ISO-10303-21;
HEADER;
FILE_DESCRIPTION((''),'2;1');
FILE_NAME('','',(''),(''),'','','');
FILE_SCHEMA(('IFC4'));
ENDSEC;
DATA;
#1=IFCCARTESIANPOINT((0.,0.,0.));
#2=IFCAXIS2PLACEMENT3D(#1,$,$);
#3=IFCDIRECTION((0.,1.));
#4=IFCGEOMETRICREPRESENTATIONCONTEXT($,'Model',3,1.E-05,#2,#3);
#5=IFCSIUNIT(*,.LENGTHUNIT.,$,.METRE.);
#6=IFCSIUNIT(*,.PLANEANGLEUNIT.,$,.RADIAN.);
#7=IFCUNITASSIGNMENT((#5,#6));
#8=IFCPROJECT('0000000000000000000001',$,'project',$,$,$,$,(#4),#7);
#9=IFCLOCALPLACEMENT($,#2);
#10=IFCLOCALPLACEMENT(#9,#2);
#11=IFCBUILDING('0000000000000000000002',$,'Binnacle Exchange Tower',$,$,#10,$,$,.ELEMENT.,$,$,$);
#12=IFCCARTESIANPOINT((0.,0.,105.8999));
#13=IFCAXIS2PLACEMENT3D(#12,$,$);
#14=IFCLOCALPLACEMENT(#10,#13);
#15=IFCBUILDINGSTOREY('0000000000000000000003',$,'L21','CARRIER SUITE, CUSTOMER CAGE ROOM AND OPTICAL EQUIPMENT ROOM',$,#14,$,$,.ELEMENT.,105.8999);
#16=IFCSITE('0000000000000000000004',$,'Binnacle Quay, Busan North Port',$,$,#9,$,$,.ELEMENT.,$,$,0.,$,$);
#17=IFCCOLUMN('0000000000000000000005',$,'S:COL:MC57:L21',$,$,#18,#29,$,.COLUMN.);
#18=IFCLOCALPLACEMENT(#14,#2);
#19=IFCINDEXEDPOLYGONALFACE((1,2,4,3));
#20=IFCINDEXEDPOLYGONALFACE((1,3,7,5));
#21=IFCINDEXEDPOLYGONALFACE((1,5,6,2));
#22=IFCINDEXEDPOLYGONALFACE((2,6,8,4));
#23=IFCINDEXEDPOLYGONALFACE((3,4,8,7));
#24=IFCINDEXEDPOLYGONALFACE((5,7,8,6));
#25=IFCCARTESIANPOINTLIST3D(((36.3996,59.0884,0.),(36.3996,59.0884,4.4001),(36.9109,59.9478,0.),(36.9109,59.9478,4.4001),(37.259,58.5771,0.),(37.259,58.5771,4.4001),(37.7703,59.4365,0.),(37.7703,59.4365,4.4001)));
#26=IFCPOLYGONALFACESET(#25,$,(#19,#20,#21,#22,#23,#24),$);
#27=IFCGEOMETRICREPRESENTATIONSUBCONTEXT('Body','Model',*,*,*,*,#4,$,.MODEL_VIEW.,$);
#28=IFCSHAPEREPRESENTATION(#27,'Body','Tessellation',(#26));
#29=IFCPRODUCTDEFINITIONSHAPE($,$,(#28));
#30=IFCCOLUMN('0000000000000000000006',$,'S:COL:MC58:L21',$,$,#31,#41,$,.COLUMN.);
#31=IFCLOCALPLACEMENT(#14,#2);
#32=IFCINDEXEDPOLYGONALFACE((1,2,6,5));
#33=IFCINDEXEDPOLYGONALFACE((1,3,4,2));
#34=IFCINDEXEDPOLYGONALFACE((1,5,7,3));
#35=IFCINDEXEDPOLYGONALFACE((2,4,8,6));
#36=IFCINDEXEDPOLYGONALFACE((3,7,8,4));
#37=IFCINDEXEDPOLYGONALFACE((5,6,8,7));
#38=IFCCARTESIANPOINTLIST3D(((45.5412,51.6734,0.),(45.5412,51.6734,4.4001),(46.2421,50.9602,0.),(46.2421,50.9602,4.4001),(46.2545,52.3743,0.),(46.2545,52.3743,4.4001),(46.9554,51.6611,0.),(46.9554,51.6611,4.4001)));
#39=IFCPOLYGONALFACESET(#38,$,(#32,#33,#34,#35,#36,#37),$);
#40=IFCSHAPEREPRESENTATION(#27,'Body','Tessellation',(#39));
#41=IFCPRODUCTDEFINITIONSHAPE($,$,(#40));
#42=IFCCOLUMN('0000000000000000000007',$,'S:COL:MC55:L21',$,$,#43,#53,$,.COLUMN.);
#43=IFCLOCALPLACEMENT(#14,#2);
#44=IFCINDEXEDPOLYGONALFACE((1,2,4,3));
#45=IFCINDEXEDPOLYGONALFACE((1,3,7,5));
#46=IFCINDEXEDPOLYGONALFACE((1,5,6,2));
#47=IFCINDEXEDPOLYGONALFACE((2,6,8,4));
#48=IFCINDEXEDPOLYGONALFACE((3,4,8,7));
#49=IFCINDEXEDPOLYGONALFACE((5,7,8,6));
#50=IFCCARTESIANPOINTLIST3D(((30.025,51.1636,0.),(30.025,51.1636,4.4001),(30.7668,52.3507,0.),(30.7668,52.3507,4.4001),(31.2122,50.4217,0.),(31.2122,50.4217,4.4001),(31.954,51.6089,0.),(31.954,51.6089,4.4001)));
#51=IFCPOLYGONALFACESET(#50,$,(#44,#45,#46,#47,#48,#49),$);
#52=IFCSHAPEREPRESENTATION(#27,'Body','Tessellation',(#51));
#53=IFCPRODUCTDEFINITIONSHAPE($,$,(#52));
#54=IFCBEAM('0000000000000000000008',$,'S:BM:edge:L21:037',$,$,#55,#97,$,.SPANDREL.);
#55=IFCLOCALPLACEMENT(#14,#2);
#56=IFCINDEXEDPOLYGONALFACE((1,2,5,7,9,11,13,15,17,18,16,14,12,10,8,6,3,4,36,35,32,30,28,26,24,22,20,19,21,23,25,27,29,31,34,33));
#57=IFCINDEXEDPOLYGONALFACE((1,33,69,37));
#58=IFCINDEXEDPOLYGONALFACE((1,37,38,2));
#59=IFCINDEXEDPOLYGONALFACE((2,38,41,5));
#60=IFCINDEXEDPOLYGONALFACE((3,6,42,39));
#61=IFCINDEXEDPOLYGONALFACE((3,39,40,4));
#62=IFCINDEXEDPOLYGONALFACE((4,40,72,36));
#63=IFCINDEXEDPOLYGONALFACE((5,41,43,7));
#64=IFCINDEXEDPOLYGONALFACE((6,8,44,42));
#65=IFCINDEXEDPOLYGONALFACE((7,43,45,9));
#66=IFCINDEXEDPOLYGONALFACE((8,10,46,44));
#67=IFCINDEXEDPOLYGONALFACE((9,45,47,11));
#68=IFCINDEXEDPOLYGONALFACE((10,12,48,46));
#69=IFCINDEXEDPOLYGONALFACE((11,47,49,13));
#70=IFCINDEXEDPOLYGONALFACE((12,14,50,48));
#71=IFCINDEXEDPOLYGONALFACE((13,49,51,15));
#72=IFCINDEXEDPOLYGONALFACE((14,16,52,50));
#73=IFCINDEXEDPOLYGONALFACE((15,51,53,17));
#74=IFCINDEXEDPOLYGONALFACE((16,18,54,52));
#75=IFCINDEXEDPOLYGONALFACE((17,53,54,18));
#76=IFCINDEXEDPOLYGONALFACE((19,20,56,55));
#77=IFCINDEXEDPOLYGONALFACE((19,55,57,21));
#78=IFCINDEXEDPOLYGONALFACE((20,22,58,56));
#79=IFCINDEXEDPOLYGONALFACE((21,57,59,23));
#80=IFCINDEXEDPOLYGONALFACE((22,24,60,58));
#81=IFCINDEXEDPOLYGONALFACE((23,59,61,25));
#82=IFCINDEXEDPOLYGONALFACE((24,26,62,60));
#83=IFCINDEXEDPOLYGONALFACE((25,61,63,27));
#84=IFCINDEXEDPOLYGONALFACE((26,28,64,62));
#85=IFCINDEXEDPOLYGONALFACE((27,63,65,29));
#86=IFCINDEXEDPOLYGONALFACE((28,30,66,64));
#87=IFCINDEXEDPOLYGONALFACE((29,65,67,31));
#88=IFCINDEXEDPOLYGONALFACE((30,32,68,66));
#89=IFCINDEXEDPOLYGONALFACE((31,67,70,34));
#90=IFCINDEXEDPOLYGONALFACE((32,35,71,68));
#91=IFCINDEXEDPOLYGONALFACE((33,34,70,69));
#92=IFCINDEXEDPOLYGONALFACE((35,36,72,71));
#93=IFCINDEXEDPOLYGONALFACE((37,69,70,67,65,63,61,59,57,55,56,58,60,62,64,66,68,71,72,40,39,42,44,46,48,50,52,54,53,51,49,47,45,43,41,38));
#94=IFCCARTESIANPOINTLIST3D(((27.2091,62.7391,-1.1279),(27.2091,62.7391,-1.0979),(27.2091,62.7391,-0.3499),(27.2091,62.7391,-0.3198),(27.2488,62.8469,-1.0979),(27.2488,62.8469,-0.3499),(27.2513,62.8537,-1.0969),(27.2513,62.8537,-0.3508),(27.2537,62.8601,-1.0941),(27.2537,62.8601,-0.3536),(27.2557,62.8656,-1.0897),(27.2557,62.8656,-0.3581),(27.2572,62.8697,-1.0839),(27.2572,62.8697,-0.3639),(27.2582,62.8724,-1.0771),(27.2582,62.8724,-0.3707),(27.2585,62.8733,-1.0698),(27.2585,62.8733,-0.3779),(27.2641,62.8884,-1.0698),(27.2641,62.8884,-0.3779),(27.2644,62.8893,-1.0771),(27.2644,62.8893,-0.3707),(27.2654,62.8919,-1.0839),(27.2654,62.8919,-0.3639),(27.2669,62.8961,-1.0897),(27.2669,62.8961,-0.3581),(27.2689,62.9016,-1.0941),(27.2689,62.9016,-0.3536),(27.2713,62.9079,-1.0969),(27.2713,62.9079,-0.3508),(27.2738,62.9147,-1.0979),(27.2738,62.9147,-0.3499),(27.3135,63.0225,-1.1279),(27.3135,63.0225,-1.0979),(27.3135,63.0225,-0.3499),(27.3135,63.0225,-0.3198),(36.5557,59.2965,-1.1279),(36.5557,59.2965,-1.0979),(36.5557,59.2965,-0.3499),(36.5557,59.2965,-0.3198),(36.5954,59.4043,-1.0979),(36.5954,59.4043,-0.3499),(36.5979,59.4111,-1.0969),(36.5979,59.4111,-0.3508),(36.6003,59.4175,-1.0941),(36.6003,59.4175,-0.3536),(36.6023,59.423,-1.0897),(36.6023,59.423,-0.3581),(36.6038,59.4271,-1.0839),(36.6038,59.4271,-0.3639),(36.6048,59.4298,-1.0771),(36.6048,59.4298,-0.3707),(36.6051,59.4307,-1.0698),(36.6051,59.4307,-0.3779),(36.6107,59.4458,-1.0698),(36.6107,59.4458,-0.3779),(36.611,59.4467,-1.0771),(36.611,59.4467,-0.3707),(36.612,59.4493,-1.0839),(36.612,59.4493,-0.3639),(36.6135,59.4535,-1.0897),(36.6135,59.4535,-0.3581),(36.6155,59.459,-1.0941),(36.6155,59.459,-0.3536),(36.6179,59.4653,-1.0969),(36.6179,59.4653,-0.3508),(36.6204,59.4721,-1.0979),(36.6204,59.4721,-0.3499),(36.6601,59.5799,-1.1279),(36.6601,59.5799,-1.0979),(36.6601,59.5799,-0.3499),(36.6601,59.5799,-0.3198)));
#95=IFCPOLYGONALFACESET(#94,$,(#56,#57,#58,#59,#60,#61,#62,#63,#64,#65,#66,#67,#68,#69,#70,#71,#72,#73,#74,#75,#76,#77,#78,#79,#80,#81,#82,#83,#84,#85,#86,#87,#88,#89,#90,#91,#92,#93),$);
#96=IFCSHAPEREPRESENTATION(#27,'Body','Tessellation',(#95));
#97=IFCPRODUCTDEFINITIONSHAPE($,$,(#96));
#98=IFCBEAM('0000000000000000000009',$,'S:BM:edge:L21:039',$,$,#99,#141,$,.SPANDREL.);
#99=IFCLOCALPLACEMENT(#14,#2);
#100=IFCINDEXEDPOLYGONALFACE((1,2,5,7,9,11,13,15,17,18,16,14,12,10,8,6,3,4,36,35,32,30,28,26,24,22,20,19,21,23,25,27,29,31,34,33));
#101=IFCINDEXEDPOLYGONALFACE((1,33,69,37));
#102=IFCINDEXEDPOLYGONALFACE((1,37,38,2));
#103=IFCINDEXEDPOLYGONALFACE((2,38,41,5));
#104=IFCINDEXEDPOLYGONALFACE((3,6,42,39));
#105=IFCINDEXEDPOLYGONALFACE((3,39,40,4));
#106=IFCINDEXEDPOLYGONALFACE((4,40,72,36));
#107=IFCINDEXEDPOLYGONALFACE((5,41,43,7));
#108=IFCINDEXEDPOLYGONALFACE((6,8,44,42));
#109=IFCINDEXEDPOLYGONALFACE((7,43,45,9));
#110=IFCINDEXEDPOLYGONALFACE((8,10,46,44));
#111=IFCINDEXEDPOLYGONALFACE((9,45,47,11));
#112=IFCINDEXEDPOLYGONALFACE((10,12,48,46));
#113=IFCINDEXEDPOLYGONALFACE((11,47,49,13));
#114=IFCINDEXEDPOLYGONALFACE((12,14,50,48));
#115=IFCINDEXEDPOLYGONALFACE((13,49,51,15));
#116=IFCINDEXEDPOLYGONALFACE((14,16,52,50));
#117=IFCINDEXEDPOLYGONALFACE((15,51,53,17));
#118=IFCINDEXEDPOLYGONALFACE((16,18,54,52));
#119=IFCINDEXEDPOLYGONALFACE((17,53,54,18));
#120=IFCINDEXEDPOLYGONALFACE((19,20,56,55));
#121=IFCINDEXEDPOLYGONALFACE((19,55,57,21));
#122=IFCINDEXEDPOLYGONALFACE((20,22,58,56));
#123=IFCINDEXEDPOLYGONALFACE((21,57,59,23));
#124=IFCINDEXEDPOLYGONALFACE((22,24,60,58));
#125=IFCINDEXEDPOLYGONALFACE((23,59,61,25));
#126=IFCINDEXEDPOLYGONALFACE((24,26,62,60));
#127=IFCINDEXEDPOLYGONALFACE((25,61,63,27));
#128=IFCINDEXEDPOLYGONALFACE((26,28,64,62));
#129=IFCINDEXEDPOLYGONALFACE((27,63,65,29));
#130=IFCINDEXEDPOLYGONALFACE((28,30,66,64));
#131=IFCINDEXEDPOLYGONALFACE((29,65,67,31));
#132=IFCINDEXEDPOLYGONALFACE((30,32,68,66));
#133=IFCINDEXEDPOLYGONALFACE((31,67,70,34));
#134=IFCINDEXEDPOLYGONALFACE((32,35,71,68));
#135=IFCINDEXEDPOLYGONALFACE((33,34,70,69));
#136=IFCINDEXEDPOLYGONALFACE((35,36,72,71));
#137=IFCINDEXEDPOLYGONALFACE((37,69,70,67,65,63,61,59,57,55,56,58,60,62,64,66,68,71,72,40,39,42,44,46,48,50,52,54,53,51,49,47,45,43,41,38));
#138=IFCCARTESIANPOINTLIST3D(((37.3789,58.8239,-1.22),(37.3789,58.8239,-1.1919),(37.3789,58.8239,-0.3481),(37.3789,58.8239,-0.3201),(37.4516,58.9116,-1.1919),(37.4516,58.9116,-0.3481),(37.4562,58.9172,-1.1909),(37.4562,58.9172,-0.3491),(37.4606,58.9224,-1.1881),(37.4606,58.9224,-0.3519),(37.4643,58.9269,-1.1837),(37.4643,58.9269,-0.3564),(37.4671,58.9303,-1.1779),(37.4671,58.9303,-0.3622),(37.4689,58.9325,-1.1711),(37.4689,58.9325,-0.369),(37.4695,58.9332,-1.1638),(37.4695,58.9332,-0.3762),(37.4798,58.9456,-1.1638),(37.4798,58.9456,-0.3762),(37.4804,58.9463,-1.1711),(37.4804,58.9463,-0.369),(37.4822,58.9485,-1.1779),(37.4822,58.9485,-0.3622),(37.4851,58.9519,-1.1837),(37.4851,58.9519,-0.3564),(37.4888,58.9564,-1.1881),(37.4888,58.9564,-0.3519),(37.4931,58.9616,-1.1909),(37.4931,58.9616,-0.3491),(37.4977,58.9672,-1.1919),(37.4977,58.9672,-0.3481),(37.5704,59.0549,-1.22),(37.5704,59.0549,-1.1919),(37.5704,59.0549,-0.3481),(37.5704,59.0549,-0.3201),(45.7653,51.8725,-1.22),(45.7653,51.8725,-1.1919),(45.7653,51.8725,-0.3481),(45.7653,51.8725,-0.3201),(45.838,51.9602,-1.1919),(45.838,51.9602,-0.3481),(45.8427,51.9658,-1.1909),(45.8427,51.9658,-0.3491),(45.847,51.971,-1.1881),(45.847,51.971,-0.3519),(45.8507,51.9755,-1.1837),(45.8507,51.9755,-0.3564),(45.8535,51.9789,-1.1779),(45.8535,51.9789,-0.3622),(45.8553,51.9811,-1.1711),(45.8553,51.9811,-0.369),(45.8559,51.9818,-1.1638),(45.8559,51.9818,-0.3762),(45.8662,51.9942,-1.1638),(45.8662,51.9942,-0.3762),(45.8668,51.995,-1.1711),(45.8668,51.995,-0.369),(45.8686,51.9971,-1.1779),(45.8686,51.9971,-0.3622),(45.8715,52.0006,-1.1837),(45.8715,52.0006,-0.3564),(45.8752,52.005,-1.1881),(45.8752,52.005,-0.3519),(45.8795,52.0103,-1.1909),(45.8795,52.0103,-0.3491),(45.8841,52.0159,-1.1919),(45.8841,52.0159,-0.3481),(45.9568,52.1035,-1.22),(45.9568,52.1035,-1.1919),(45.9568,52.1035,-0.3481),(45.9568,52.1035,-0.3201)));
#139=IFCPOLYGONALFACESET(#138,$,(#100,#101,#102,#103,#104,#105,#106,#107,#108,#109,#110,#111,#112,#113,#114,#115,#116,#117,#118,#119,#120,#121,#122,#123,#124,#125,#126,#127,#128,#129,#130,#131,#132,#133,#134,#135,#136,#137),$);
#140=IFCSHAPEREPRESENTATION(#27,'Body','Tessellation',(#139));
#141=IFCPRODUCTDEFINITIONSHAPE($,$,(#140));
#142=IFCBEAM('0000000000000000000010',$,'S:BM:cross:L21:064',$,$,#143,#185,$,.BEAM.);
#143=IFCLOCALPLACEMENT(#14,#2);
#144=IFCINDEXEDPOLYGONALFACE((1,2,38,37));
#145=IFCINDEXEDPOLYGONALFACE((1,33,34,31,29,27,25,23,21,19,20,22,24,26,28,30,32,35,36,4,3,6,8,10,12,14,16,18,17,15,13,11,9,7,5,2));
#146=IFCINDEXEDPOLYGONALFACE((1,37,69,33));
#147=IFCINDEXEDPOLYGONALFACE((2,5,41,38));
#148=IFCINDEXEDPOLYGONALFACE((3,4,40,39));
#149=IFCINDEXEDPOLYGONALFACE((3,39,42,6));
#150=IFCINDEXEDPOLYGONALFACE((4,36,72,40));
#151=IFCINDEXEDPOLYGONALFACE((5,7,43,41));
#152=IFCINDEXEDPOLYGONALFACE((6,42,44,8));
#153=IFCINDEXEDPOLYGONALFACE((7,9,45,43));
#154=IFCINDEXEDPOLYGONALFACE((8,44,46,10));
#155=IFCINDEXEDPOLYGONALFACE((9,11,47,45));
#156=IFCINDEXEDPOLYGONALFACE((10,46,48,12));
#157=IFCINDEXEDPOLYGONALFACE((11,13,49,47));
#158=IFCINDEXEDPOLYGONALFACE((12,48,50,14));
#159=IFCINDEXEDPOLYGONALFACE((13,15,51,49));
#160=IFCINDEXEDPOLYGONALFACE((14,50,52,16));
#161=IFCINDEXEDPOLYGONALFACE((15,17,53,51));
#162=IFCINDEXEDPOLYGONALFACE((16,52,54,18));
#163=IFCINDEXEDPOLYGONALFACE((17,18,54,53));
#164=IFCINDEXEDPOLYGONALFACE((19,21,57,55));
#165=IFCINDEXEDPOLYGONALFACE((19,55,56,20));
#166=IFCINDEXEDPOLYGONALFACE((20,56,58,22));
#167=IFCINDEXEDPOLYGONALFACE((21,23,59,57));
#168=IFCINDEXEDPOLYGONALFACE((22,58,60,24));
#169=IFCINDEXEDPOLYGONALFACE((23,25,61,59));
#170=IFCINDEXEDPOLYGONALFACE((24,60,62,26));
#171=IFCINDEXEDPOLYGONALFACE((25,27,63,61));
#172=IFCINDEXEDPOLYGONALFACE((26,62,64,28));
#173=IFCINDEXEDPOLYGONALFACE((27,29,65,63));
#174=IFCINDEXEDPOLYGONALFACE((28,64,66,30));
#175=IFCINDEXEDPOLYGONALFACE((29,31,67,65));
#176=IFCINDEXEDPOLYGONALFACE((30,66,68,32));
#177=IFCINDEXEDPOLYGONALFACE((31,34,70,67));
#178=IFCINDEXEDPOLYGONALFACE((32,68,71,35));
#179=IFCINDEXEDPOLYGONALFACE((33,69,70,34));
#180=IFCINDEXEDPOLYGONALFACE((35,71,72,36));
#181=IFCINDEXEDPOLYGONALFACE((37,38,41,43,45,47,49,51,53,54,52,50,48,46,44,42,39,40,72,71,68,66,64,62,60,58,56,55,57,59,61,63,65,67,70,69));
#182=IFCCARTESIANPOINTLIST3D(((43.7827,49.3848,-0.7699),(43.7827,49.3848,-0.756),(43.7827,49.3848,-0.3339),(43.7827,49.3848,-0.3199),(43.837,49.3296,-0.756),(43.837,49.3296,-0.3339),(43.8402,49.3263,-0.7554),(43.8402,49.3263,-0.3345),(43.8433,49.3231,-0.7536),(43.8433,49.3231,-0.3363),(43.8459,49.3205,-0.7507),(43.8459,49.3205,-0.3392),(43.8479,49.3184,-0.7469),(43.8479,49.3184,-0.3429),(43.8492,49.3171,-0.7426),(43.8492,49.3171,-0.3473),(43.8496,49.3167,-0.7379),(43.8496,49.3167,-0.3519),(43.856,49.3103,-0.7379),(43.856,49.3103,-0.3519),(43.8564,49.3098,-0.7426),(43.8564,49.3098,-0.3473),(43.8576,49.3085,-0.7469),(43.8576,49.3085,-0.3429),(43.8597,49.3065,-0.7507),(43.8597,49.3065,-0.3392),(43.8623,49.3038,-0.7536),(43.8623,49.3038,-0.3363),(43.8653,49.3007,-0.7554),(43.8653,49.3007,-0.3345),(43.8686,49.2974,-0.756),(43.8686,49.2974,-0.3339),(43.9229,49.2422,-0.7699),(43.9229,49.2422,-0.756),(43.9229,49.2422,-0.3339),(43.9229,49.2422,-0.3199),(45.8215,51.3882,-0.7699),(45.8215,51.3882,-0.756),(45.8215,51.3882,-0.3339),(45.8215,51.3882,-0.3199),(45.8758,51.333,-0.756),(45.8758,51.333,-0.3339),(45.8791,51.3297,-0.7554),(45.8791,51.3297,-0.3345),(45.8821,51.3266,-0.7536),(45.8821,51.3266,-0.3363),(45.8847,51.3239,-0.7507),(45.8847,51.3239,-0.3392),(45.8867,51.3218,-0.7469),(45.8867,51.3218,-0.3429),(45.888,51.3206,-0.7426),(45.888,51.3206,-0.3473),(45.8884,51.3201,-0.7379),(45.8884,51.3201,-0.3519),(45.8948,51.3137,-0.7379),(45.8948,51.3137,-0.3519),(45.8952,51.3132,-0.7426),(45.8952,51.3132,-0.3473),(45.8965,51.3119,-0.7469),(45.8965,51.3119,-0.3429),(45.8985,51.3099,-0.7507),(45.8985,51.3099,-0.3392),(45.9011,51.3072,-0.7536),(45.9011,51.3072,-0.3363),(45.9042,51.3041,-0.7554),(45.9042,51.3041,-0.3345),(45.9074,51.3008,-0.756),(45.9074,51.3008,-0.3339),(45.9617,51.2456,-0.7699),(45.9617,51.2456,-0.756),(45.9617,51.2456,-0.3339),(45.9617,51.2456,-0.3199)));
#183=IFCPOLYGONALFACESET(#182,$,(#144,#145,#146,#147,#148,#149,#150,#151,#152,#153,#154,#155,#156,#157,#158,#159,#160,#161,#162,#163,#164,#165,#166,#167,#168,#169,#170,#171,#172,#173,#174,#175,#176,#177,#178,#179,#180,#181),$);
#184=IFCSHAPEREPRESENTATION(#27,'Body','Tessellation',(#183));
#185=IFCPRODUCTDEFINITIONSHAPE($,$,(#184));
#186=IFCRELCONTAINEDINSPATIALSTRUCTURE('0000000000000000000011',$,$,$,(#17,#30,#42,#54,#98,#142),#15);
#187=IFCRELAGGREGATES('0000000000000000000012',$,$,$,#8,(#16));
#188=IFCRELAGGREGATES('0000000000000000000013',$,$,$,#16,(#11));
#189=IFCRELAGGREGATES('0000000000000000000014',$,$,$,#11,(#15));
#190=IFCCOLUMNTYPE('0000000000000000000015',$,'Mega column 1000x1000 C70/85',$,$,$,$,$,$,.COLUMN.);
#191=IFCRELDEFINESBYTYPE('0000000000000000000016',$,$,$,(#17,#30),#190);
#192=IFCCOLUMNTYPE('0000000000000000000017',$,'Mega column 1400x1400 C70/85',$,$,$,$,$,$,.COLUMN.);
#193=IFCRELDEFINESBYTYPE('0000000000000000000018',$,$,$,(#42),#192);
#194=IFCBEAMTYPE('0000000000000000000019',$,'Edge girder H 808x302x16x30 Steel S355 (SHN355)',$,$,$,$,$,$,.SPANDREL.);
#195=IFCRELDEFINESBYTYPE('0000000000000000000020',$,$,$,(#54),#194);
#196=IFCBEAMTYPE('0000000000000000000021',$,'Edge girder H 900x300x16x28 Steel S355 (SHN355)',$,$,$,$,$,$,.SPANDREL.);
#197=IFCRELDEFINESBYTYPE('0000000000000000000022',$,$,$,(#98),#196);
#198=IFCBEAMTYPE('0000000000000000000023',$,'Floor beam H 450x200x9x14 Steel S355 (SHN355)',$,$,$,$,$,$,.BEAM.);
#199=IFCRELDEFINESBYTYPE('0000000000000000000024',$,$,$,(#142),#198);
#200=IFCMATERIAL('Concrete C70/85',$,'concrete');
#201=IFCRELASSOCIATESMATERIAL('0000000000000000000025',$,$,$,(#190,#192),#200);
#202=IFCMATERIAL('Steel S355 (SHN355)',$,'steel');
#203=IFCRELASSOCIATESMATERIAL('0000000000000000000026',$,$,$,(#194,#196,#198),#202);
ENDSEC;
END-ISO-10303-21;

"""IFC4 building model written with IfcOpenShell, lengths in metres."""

from ifc_helpers import new_model, si_unit, direction, frame, origin, origin_2d, place, context, subcontext, project, spatial, rectangle, i_section, extrude, material, material_profile, profile_set, type_object, element, save


model = new_model("IFC4")

# Units and contexts
model_context = context("Model", 3, precision=1e-05, world=origin(), true_north=direction((0.0, 1.0)))
body_context = subcontext(model_context, "Body", "Model", "MODEL_VIEW")
ifc_project = project(units=[si_unit("LENGTHUNIT", "METRE"), si_unit("PLANEANGLEUNIT", "RADIAN")], contexts=[model_context])

# Site, building, storey
site_placement = place(None, origin())
site = spatial("IfcSite", under=ifc_project, at=site_placement, Name="Binnacle Quay, Busan North Port", CompositionType="ELEMENT", RefElevation=0.0)
building_placement = place(site_placement, origin())
building = spatial("IfcBuilding", under=site, at=building_placement, Name="Binnacle Exchange Tower", CompositionType="ELEMENT")
storey_placement = place(building_placement, frame((0.0, 0.0, 105.8999)))
storey = spatial("IfcBuildingStorey", under=building, at=storey_placement, Name="L21", Description="CARRIER SUITE, CUSTOMER CAGE ROOM AND OPTICAL EQUIPMENT ROOM", CompositionType="ELEMENT", Elevation=105.8999)

# Columns
ifc_material_1 = material(Name="Concrete C70/85", Category="concrete")
ifc_material_profile_1 = material_profile(ifc_material_1, rectangle(XDim=1.0, YDim=1.0, at=origin_2d()), Name="Mega column 1000x1000 C70/85")
ifc_profile_set_1 = profile_set([ifc_material_profile_1], Name="Concrete C70/85")
column_type_1 = type_object("IfcColumnType", Name="Mega column 1000x1000 C70/85", PredefinedType="COLUMN", material=ifc_profile_set_1)
for number, where, z_axis, x_axis, name in (
    (1, (37.085, 59.2625, 0.0), (0.0, 0.0, 1.0), (-0.859406, 0.511293, 0.0), "S:COL:MC57:L21"),
    (2, (46.2483, 51.6672, 0.0), (0.0, 0.0, 1.0), (-0.700909, 0.71325, 0.0), "S:COL:MC58:L21"),
):
    element("IfcColumn", number, at=place(storey_placement, frame(where, z_axis=z_axis, x_axis=x_axis)), inside=storey, type_object=column_type_1, Name=name, PredefinedType="COLUMN", context=body_context, shape_type="SweptSolid", body=[
        extrude(rectangle(XDim=1.0, YDim=1.0, at=origin_2d()), origin(), (0.0, 0.0, 1.0), 4.4001),
    ])
ifc_material_profile_2 = material_profile(ifc_material_1, rectangle(XDim=1.3999, YDim=1.3999, at=origin_2d()), Name="Mega column 1400x1400 C70/85")
ifc_profile_set_2 = profile_set([ifc_material_profile_2], Name="Concrete C70/85")
column_type_2 = type_object("IfcColumnType", Name="Mega column 1400x1400 C70/85", PredefinedType="COLUMN", material=ifc_profile_set_2)
column_placement = place(storey_placement, frame((30.9895, 51.3862, 0.0), z_axis=(0.0, 0.0, 1.0), x_axis=(0.529919, 0.848048, 0.0)))
element("IfcColumn", 3, at=column_placement, inside=storey, type_object=column_type_2, Name="S:COL:MC55:L21", PredefinedType="COLUMN", context=body_context, shape_type="SweptSolid", body=[
    extrude(rectangle(XDim=1.3999, YDim=1.3999, at=origin_2d()), origin(), (0.0, 0.0, 1.0), 4.4001),
])

# Beams
ifc_material_2 = material(Name="Steel S355 (SHN355)", Category="steel")
ifc_material_profile_3 = material_profile(ifc_material_2, i_section(OverallWidth=0.302, OverallDepth=0.8081, WebThickness=0.0161, FlangeThickness=0.03, FilletRadius=0.0281, at=origin_2d()), Name="H 808x302x16x30")
ifc_profile_set_3 = profile_set([ifc_material_profile_3], Name="Steel S355 (SHN355)")
beam_type_1 = type_object("IfcBeamType", Name="Edge girder H 808x302x16x30 Steel S355 (SHN355)", PredefinedType="SPANDREL", material=ifc_profile_set_3)
beam_1_placement = place(storey_placement, frame((36.6079, 59.4382, -0.7239), z_axis=(-0.938372, 0.345627, 0.0), x_axis=(-0.345627, -0.938372, 0.0)))
element("IfcBeam", 4, at=beam_1_placement, inside=storey, type_object=beam_type_1, Name="S:BM:edge:L21:037", PredefinedType="SPANDREL", context=body_context, shape_type="SweptSolid", body=[
    extrude(i_section(OverallWidth=0.302, OverallDepth=0.8081, WebThickness=0.0161, FlangeThickness=0.03, FilletRadius=0.0281, at=origin_2d()), origin(), (0.0, 0.0, 1.0), 9.9604),
])
ifc_material_profile_4 = material_profile(ifc_material_2, i_section(OverallWidth=0.3, OverallDepth=0.8999, WebThickness=0.0161, FlangeThickness=0.0281, FilletRadius=0.0281, at=origin_2d()), Name="H 900x300x16x28")
ifc_profile_set_4 = profile_set([ifc_material_profile_4], Name="Steel S355 (SHN355)")
beam_type_2 = type_object("IfcBeamType", Name="Edge girder H 900x300x16x28 Steel S355 (SHN355)", PredefinedType="SPANDREL", material=ifc_profile_set_4)
beam_2_placement = place(storey_placement, frame((45.8611, 51.988, -0.77), z_axis=(-0.769903, 0.638161, 0.0), x_axis=(-0.638161, -0.769903, 0.0)))
element("IfcBeam", 5, at=beam_2_placement, inside=storey, type_object=beam_type_2, Name="S:BM:edge:L21:039", PredefinedType="SPANDREL", context=body_context, shape_type="SweptSolid", body=[
    extrude(i_section(OverallWidth=0.3, OverallDepth=0.8999, WebThickness=0.0161, FlangeThickness=0.0281, FilletRadius=0.0281, at=origin_2d()), origin(), (0.0, 0.0, 1.0), 10.8928),
])
ifc_material_profile_5 = material_profile(ifc_material_2, i_section(OverallWidth=0.2, OverallDepth=0.45, WebThickness=0.009, FlangeThickness=0.0139, FilletRadius=0.0181, at=origin_2d()), Name="H 450x200x9x14")
ifc_profile_set_5 = profile_set([ifc_material_profile_5], Name="Steel S355 (SHN355)")
beam_type_3 = type_object("IfcBeamType", Name="Floor beam H 450x200x9x14 Steel S355 (SHN355)", PredefinedType="BEAM", material=ifc_profile_set_5)
beam_3_placement = place(storey_placement, frame((45.8916, 51.3169, -0.5449), z_axis=(-0.713272, -0.700887, 0.0), x_axis=(0.700887, -0.713272, 0.0)))
element("IfcBeam", 6, at=beam_3_placement, inside=storey, type_object=beam_type_3, Name="S:BM:cross:L21:064", PredefinedType="BEAM", context=body_context, shape_type="SweptSolid", body=[
    extrude(i_section(OverallWidth=0.2, OverallDepth=0.45, WebThickness=0.009, FlangeThickness=0.0139, FilletRadius=0.0181, at=origin_2d()), origin(), (0.0, 0.0, 1.0), 2.8584),
])

save(model, "model.ifc")
